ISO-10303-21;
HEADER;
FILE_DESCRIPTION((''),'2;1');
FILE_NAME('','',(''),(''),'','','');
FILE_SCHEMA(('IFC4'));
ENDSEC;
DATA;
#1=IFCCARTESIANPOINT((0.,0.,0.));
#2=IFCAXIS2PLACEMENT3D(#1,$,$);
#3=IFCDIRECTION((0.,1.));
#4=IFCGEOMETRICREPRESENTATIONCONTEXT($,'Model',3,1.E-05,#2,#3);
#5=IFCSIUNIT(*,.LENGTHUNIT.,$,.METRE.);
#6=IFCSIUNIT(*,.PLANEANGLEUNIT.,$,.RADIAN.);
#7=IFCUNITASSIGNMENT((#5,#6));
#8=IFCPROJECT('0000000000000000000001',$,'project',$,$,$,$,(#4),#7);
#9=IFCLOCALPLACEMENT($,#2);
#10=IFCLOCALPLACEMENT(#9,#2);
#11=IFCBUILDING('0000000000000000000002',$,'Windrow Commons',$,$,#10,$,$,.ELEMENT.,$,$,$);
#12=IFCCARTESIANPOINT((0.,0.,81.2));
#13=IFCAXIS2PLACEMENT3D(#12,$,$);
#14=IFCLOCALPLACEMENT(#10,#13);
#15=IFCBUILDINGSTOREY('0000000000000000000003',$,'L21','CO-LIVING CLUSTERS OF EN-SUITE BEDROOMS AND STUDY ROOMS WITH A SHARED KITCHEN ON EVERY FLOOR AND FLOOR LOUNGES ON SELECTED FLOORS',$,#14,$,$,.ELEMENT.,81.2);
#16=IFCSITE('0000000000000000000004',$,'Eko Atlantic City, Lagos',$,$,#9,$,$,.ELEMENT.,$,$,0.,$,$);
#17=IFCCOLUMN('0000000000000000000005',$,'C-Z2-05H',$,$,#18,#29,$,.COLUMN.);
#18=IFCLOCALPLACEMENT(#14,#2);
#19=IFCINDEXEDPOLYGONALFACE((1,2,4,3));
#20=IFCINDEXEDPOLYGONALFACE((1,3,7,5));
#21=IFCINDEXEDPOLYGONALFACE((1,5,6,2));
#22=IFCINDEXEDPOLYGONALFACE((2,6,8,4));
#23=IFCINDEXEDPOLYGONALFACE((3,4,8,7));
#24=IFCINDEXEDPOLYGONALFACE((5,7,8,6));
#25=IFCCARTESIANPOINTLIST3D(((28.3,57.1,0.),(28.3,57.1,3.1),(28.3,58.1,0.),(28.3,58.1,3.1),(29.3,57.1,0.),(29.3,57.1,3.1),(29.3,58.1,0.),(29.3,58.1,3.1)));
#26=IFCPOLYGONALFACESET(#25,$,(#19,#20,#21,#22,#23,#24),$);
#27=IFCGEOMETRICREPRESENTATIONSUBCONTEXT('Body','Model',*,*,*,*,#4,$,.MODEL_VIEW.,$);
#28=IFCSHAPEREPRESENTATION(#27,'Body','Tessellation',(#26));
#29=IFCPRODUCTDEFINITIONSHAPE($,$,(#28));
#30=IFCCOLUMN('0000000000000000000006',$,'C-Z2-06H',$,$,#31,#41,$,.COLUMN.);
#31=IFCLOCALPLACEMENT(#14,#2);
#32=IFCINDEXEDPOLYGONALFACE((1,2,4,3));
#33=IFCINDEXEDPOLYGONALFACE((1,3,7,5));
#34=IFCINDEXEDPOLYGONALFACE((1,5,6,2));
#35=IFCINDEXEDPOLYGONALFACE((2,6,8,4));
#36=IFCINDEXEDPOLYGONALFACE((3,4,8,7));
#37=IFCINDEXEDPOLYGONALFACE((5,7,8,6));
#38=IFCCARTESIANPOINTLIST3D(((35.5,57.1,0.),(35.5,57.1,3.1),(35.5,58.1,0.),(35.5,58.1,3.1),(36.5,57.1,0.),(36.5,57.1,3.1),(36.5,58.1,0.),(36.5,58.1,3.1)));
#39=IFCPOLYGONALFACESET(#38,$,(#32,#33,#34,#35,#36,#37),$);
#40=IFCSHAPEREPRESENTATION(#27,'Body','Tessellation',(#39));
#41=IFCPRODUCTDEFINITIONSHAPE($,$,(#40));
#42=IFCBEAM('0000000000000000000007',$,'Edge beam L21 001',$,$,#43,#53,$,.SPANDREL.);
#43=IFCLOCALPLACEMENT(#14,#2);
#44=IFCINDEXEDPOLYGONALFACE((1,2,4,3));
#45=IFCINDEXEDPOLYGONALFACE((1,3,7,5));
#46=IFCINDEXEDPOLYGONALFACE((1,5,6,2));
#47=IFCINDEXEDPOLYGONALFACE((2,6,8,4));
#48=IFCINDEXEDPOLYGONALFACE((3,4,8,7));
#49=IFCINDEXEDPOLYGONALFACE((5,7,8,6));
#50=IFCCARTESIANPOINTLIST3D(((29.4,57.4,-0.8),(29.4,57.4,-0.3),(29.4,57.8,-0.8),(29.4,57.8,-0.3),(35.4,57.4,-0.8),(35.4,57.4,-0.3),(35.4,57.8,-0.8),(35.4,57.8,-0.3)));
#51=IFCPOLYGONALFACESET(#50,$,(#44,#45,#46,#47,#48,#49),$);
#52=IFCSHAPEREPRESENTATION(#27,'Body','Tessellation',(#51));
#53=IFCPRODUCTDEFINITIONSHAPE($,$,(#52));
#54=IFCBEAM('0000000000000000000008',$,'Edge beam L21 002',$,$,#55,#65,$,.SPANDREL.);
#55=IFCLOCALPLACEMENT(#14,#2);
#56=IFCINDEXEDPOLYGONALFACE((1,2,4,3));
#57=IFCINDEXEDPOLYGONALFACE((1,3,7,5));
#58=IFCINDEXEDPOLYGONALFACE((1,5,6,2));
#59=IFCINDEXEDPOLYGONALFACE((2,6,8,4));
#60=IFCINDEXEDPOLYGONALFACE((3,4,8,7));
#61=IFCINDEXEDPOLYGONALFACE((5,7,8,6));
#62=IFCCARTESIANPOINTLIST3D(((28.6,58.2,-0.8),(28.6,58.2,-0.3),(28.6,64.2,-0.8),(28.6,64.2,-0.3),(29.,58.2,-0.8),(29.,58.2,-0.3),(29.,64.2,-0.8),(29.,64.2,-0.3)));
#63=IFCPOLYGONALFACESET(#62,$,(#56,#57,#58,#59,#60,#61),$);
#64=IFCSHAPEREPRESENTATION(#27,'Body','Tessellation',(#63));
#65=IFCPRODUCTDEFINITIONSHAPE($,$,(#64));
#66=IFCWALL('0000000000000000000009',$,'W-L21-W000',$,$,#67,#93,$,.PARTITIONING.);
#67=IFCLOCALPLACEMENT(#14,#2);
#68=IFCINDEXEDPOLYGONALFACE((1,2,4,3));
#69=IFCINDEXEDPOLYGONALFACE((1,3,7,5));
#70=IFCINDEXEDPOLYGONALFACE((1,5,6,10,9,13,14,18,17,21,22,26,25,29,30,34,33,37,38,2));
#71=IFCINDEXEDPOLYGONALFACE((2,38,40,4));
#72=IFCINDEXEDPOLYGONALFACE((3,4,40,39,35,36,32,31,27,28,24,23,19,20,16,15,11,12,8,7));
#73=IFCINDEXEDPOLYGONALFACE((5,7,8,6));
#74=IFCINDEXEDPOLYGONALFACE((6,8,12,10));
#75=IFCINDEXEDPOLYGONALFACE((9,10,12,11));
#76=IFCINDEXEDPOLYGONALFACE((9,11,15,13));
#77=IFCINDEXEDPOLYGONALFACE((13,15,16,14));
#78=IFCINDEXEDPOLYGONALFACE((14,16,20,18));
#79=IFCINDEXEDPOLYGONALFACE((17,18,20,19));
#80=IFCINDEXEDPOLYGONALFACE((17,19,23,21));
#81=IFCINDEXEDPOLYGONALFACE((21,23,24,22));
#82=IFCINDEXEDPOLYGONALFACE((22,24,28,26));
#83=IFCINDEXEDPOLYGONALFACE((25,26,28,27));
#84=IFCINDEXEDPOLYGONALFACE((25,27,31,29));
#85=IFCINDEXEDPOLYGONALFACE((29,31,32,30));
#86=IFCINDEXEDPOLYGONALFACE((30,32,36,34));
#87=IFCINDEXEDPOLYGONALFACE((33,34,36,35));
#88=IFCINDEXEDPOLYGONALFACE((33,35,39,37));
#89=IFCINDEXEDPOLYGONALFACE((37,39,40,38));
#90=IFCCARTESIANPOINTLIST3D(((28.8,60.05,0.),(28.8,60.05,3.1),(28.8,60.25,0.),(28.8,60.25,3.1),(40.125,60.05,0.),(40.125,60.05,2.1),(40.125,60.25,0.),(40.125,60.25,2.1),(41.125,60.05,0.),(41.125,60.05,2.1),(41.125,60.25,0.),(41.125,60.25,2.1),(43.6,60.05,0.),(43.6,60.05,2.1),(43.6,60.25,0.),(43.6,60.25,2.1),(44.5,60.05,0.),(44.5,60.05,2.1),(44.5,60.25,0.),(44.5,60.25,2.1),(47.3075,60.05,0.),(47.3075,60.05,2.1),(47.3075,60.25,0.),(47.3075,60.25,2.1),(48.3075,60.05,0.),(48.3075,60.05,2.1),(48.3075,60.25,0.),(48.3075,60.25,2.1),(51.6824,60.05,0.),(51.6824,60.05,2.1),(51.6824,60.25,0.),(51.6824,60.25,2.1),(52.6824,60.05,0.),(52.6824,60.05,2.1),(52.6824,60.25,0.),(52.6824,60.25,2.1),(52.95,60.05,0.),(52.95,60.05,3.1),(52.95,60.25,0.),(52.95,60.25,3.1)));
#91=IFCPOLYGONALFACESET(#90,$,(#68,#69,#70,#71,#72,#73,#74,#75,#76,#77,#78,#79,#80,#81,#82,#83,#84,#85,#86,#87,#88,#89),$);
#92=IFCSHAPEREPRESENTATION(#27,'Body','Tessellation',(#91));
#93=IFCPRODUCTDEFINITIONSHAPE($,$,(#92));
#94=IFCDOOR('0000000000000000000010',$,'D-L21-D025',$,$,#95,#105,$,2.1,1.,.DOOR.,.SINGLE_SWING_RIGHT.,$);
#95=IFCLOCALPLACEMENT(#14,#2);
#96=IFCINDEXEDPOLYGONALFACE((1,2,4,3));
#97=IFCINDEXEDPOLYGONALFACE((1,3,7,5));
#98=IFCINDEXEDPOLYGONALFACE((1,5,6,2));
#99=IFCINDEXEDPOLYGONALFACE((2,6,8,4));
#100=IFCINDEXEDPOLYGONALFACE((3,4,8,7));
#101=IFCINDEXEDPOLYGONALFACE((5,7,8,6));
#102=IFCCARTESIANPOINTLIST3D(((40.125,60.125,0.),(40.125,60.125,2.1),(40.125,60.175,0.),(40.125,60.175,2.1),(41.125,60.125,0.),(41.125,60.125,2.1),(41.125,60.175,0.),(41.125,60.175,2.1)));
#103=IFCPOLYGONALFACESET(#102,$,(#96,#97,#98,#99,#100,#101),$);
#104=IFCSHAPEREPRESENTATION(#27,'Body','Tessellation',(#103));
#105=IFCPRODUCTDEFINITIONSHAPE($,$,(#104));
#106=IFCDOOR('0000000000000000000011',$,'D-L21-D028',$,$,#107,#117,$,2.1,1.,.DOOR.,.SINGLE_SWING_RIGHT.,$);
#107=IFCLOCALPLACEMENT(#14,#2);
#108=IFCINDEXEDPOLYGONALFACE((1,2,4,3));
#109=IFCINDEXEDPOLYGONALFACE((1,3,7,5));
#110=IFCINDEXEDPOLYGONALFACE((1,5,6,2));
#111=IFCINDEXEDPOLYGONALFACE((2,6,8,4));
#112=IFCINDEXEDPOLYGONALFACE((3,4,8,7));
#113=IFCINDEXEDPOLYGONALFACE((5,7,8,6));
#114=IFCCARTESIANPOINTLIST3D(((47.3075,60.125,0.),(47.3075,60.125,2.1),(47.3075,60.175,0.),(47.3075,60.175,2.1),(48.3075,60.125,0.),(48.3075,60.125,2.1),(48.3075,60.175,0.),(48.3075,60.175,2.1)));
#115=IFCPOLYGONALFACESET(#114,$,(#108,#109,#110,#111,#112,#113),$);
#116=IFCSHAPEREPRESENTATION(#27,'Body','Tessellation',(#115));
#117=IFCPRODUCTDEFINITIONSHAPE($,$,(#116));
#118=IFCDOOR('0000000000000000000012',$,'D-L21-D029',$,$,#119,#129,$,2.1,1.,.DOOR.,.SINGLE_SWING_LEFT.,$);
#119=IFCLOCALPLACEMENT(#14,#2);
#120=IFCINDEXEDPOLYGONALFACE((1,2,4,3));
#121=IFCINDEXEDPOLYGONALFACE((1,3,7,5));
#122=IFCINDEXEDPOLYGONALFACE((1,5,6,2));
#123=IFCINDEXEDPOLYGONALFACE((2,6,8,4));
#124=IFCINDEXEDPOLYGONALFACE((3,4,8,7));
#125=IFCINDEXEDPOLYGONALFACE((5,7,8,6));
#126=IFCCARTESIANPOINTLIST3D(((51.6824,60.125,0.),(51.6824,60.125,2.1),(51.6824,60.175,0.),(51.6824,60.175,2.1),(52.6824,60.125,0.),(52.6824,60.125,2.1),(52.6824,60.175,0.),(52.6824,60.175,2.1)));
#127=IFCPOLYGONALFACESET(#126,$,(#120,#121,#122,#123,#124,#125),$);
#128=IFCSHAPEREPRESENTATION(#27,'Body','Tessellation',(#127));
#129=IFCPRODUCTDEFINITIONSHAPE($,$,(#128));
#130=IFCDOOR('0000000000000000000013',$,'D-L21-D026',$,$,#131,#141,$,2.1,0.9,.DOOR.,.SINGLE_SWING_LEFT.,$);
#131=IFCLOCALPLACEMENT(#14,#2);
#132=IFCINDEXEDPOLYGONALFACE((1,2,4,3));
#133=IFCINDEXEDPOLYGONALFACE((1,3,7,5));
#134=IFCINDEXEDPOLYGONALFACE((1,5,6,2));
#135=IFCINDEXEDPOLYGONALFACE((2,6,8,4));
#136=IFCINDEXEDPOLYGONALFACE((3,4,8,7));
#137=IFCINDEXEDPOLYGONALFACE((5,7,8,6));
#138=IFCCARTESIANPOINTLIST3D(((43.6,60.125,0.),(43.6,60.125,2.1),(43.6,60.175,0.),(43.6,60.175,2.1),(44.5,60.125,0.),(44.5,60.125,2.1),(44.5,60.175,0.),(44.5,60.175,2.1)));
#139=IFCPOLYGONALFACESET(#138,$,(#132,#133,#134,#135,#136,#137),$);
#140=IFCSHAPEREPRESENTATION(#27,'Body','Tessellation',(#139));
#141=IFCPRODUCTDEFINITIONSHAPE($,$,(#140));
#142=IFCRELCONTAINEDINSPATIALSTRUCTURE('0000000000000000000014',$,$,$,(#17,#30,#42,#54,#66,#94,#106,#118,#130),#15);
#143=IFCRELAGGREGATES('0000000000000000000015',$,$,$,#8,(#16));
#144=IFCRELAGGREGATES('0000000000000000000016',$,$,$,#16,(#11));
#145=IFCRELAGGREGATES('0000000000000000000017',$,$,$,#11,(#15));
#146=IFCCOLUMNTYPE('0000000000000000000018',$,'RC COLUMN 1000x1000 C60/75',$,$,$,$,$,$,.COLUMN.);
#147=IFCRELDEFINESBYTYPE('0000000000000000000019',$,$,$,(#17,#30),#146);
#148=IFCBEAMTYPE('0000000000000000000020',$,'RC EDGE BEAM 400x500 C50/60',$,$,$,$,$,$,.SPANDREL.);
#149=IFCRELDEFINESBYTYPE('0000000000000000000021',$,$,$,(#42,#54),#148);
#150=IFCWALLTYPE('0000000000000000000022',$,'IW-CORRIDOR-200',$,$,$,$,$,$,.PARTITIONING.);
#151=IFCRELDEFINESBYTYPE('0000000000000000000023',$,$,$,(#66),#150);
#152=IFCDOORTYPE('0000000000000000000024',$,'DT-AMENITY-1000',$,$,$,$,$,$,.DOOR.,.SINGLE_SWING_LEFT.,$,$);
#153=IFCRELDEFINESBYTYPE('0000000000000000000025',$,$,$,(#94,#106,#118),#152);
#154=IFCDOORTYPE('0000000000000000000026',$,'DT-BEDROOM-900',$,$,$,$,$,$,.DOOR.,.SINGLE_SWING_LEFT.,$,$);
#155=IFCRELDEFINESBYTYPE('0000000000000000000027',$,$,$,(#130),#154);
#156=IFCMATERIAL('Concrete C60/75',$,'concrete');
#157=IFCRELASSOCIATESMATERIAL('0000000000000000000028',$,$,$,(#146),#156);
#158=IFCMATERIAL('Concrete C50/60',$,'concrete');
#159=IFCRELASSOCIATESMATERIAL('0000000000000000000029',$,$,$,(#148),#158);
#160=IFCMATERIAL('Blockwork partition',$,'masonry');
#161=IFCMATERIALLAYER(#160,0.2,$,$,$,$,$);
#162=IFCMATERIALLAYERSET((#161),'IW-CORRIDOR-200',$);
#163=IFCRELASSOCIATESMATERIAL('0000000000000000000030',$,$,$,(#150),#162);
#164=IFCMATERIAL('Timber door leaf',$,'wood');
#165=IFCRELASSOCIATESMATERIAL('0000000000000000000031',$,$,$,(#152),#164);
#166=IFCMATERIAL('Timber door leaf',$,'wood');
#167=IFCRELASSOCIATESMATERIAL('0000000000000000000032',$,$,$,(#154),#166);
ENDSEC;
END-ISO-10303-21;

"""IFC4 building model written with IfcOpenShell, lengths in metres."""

from ifc_helpers import new_model, si_unit, direction, frame, frame_2d, origin, origin_2d, place, context, subcontext, project, spatial, rectangle, extrude, material, layer, layer_set, material_profile, profile_set, type_object, element, fill, save


model = new_model("IFC4")

# Units and contexts
model_context = context("Model", 3, precision=1e-05, world=origin(), true_north=direction((0.0, 1.0)))
body_context = subcontext(model_context, "Body", "Model", "MODEL_VIEW")
ifc_project = project(units=[si_unit("LENGTHUNIT", "METRE"), si_unit("PLANEANGLEUNIT", "RADIAN")], contexts=[model_context])

# Site, building, storey
site_placement = place(None, origin())
site = spatial("IfcSite", under=ifc_project, at=site_placement, Name="Eko Atlantic City, Lagos", CompositionType="ELEMENT", RefElevation=0.0)
building_placement = place(site_placement, origin())
building = spatial("IfcBuilding", under=site, at=building_placement, Name="Windrow Commons", CompositionType="ELEMENT")
storey_placement = place(building_placement, frame((0.0, 0.0, 81.2)))
storey = spatial("IfcBuildingStorey", under=building, at=storey_placement, Name="L21", Description="CO-LIVING CLUSTERS OF EN-SUITE BEDROOMS AND STUDY ROOMS WITH A SHARED KITCHEN ON EVERY FLOOR AND FLOOR LOUNGES ON SELECTED FLOORS", CompositionType="ELEMENT", Elevation=81.2)

# Columns
ifc_material_1 = material(Name="Concrete C60/75", Category="concrete")
ifc_material_profile_1 = material_profile(ifc_material_1, rectangle(XDim=1.0, YDim=1.0, at=origin_2d()))
ifc_profile_set_1 = profile_set([ifc_material_profile_1], Name="Concrete C60/75")
column_type = type_object("IfcColumnType", Name="RC COLUMN 1000x1000 C60/75", PredefinedType="COLUMN", material=ifc_profile_set_1)
for number, where, z_axis, x_axis, name in (
    (1, (28.8, 57.6, 0.0), (0.0, 0.0, 1.0), (1.0, 0.0, 0.0), "C-Z2-05H"),
    (2, (36.0, 57.6, 0.0), (0.0, 0.0, 1.0), (1.0, 0.0, 0.0), "C-Z2-06H"),
):
    element("IfcColumn", number, at=place(storey_placement, frame(where, z_axis=z_axis, x_axis=x_axis)), inside=storey, type_object=column_type, Name=name, PredefinedType="COLUMN", context=body_context, shape_type="SweptSolid", body=[
        extrude(rectangle(XDim=1.0, YDim=1.0, at=origin_2d()), origin(), (0.0, 0.0, 1.0), 3.1),
    ])

# Beams
ifc_material_2 = material(Name="Concrete C50/60", Category="concrete")
ifc_material_profile_2 = material_profile(ifc_material_2, rectangle(XDim=0.4, YDim=0.5, at=origin_2d()))
ifc_profile_set_2 = profile_set([ifc_material_profile_2], Name="Concrete C50/60")
beam_type = type_object("IfcBeamType", Name="RC EDGE BEAM 400x500 C50/60", PredefinedType="SPANDREL", material=ifc_profile_set_2)
for number, where, z_axis, x_axis, name in (
    (3, (35.4, 57.6, -0.55), (-1.0, 0.0, 0.0), (0.0, -1.0, 0.0), "Edge beam L21 001"),
    (4, (28.8, 58.2, -0.55), (0.0, 1.0, 0.0), (-1.0, 0.0, 0.0), "Edge beam L21 002"),
):
    element("IfcBeam", number, at=place(storey_placement, frame(where, z_axis=z_axis, x_axis=x_axis)), inside=storey, type_object=beam_type, Name=name, PredefinedType="SPANDREL", context=body_context, shape_type="SweptSolid", body=[
        extrude(rectangle(XDim=0.4, YDim=0.5, at=origin_2d()), origin(), (0.0, 0.0, 1.0), 6.0),
    ])

# Wall, openings, doors
ifc_material_3 = material(Name="Blockwork partition", Category="masonry")
ifc_layer_1 = layer(ifc_material_3, 0.2)
ifc_layer_set_1 = layer_set([ifc_layer_1], Name="IW-CORRIDOR-200")
wall_type_1 = type_object("IfcWallType", Name="IW-CORRIDOR-200", PredefinedType="PARTITIONING", material=ifc_layer_set_1)
wall_1_placement = place(storey_placement, frame((28.8, 60.15, 0.0), z_axis=(0.0, 0.0, 1.0), x_axis=(1.0, 0.0, 0.0)))
wall_1 = element("IfcWall", 5, at=wall_1_placement, inside=storey, type_object=wall_type_1, Name="W-L21-W000", PredefinedType="PARTITIONING", context=body_context, shape_type="SweptSolid", body=[
    extrude(rectangle(XDim=24.15, YDim=0.2, at=frame_2d((12.075, 0.0))), origin(), (0.0, 0.0, 1.0), 3.1),
])
opening_1_placement = place(wall_1_placement, frame((11.325, 0.0, 0.0)))
opening_1 = element("IfcOpeningElement", 6, at=opening_1_placement, cuts=wall_1, PredefinedType="OPENING", context=body_context, shape_type="SweptSolid", body=[
    extrude(rectangle(XDim=1.0, YDim=2.1, at=frame_2d((0.5, 1.05))), frame((0.0, 0.11, 0.0), z_axis=(0.0, -1.0, 0.0), x_axis=(1.0, 0.0, 0.0)), (0.0, 0.0, 1.0), 0.22),
])
opening_2_placement = place(wall_1_placement, frame((14.8, 0.0, 0.0)))
opening_2 = element("IfcOpeningElement", 7, at=opening_2_placement, cuts=wall_1, PredefinedType="OPENING", context=body_context, shape_type="SweptSolid", body=[
    extrude(rectangle(XDim=0.9, YDim=2.1, at=frame_2d((0.45, 1.05))), frame((0.0, 0.11, 0.0), z_axis=(0.0, -1.0, 0.0), x_axis=(1.0, 0.0, 0.0)), (0.0, 0.0, 1.0), 0.22),
])
opening_3_placement = place(wall_1_placement, frame((18.5075, 0.0, 0.0)))
opening_3 = element("IfcOpeningElement", 8, at=opening_3_placement, cuts=wall_1, PredefinedType="OPENING", context=body_context, shape_type="SweptSolid", body=[
    extrude(rectangle(XDim=1.0, YDim=2.1, at=frame_2d((0.5, 1.05))), frame((0.0, 0.11, 0.0), z_axis=(0.0, -1.0, 0.0), x_axis=(1.0, 0.0, 0.0)), (0.0, 0.0, 1.0), 0.22),
])
opening_4_placement = place(wall_1_placement, frame((22.8824, 0.0, 0.0)))
opening_4 = element("IfcOpeningElement", 9, at=opening_4_placement, cuts=wall_1, PredefinedType="OPENING", context=body_context, shape_type="SweptSolid", body=[
    extrude(rectangle(XDim=1.0, YDim=2.1, at=frame_2d((0.5, 1.05))), frame((0.0, 0.11, 0.0), z_axis=(0.0, -1.0, 0.0), x_axis=(1.0, 0.0, 0.0)), (0.0, 0.0, 1.0), 0.22),
])
ifc_material_4 = material(Name="Timber door leaf", Category="wood")
door_type_1 = type_object("IfcDoorType", Name="DT-AMENITY-1000", OperationType="SINGLE_SWING_LEFT", PredefinedType="DOOR", material=ifc_material_4)
door_1_placement = place(opening_1_placement, origin())
door_1 = element("IfcDoor", 10, at=door_1_placement, inside=storey, type_object=door_type_1, Name="D-L21-D025", OperationType="SINGLE_SWING_RIGHT", OverallHeight=2.1, OverallWidth=1.0, PredefinedType="DOOR", context=body_context, shape_type="SweptSolid", body=[
    extrude(rectangle(XDim=1.0, YDim=2.1, at=frame_2d((0.5, 1.05))), frame((0.0, 0.025, 0.0), z_axis=(0.0, -1.0, 0.0), x_axis=(1.0, 0.0, 0.0)), (0.0, 0.0, 1.0), 0.05),
])
fill(opening_1, door_1)
door_2_placement = place(opening_3_placement, origin())
door_2 = element("IfcDoor", 11, at=door_2_placement, inside=storey, type_object=door_type_1, Name="D-L21-D028", OperationType="SINGLE_SWING_RIGHT", OverallHeight=2.1, OverallWidth=1.0, PredefinedType="DOOR", context=body_context, shape_type="SweptSolid", body=[
    extrude(rectangle(XDim=1.0, YDim=2.1, at=frame_2d((0.5, 1.05))), frame((0.0, 0.025, 0.0), z_axis=(0.0, -1.0, 0.0), x_axis=(1.0, 0.0, 0.0)), (0.0, 0.0, 1.0), 0.05),
])
fill(opening_3, door_2)
door_3_placement = place(opening_4_placement, origin())
door_3 = element("IfcDoor", 12, at=door_3_placement, inside=storey, type_object=door_type_1, Name="D-L21-D029", OperationType="SINGLE_SWING_LEFT", OverallHeight=2.1, OverallWidth=1.0, PredefinedType="DOOR", context=body_context, shape_type="SweptSolid", body=[
    extrude(rectangle(XDim=1.0, YDim=2.1, at=frame_2d((0.5, 1.05))), frame((0.0, 0.025, 0.0), z_axis=(0.0, -1.0, 0.0), x_axis=(1.0, 0.0, 0.0)), (0.0, 0.0, 1.0), 0.05),
])
fill(opening_4, door_3)
ifc_material_5 = material(Name="Timber door leaf", Category="wood")
door_type_2 = type_object("IfcDoorType", Name="DT-BEDROOM-900", OperationType="SINGLE_SWING_LEFT", PredefinedType="DOOR", material=ifc_material_5)
door_4_placement = place(opening_2_placement, origin())
door_4 = element("IfcDoor", 13, at=door_4_placement, inside=storey, type_object=door_type_2, Name="D-L21-D026", OperationType="SINGLE_SWING_LEFT", OverallHeight=2.1, OverallWidth=0.9, PredefinedType="DOOR", context=body_context, shape_type="SweptSolid", body=[
    extrude(rectangle(XDim=0.9, YDim=2.1, at=frame_2d((0.45, 1.05))), frame((0.0, 0.025, 0.0), z_axis=(0.0, -1.0, 0.0), x_axis=(1.0, 0.0, 0.0)), (0.0, 0.0, 1.0), 0.05),
])
fill(opening_2, door_4)

save(model, "model.ifc")
